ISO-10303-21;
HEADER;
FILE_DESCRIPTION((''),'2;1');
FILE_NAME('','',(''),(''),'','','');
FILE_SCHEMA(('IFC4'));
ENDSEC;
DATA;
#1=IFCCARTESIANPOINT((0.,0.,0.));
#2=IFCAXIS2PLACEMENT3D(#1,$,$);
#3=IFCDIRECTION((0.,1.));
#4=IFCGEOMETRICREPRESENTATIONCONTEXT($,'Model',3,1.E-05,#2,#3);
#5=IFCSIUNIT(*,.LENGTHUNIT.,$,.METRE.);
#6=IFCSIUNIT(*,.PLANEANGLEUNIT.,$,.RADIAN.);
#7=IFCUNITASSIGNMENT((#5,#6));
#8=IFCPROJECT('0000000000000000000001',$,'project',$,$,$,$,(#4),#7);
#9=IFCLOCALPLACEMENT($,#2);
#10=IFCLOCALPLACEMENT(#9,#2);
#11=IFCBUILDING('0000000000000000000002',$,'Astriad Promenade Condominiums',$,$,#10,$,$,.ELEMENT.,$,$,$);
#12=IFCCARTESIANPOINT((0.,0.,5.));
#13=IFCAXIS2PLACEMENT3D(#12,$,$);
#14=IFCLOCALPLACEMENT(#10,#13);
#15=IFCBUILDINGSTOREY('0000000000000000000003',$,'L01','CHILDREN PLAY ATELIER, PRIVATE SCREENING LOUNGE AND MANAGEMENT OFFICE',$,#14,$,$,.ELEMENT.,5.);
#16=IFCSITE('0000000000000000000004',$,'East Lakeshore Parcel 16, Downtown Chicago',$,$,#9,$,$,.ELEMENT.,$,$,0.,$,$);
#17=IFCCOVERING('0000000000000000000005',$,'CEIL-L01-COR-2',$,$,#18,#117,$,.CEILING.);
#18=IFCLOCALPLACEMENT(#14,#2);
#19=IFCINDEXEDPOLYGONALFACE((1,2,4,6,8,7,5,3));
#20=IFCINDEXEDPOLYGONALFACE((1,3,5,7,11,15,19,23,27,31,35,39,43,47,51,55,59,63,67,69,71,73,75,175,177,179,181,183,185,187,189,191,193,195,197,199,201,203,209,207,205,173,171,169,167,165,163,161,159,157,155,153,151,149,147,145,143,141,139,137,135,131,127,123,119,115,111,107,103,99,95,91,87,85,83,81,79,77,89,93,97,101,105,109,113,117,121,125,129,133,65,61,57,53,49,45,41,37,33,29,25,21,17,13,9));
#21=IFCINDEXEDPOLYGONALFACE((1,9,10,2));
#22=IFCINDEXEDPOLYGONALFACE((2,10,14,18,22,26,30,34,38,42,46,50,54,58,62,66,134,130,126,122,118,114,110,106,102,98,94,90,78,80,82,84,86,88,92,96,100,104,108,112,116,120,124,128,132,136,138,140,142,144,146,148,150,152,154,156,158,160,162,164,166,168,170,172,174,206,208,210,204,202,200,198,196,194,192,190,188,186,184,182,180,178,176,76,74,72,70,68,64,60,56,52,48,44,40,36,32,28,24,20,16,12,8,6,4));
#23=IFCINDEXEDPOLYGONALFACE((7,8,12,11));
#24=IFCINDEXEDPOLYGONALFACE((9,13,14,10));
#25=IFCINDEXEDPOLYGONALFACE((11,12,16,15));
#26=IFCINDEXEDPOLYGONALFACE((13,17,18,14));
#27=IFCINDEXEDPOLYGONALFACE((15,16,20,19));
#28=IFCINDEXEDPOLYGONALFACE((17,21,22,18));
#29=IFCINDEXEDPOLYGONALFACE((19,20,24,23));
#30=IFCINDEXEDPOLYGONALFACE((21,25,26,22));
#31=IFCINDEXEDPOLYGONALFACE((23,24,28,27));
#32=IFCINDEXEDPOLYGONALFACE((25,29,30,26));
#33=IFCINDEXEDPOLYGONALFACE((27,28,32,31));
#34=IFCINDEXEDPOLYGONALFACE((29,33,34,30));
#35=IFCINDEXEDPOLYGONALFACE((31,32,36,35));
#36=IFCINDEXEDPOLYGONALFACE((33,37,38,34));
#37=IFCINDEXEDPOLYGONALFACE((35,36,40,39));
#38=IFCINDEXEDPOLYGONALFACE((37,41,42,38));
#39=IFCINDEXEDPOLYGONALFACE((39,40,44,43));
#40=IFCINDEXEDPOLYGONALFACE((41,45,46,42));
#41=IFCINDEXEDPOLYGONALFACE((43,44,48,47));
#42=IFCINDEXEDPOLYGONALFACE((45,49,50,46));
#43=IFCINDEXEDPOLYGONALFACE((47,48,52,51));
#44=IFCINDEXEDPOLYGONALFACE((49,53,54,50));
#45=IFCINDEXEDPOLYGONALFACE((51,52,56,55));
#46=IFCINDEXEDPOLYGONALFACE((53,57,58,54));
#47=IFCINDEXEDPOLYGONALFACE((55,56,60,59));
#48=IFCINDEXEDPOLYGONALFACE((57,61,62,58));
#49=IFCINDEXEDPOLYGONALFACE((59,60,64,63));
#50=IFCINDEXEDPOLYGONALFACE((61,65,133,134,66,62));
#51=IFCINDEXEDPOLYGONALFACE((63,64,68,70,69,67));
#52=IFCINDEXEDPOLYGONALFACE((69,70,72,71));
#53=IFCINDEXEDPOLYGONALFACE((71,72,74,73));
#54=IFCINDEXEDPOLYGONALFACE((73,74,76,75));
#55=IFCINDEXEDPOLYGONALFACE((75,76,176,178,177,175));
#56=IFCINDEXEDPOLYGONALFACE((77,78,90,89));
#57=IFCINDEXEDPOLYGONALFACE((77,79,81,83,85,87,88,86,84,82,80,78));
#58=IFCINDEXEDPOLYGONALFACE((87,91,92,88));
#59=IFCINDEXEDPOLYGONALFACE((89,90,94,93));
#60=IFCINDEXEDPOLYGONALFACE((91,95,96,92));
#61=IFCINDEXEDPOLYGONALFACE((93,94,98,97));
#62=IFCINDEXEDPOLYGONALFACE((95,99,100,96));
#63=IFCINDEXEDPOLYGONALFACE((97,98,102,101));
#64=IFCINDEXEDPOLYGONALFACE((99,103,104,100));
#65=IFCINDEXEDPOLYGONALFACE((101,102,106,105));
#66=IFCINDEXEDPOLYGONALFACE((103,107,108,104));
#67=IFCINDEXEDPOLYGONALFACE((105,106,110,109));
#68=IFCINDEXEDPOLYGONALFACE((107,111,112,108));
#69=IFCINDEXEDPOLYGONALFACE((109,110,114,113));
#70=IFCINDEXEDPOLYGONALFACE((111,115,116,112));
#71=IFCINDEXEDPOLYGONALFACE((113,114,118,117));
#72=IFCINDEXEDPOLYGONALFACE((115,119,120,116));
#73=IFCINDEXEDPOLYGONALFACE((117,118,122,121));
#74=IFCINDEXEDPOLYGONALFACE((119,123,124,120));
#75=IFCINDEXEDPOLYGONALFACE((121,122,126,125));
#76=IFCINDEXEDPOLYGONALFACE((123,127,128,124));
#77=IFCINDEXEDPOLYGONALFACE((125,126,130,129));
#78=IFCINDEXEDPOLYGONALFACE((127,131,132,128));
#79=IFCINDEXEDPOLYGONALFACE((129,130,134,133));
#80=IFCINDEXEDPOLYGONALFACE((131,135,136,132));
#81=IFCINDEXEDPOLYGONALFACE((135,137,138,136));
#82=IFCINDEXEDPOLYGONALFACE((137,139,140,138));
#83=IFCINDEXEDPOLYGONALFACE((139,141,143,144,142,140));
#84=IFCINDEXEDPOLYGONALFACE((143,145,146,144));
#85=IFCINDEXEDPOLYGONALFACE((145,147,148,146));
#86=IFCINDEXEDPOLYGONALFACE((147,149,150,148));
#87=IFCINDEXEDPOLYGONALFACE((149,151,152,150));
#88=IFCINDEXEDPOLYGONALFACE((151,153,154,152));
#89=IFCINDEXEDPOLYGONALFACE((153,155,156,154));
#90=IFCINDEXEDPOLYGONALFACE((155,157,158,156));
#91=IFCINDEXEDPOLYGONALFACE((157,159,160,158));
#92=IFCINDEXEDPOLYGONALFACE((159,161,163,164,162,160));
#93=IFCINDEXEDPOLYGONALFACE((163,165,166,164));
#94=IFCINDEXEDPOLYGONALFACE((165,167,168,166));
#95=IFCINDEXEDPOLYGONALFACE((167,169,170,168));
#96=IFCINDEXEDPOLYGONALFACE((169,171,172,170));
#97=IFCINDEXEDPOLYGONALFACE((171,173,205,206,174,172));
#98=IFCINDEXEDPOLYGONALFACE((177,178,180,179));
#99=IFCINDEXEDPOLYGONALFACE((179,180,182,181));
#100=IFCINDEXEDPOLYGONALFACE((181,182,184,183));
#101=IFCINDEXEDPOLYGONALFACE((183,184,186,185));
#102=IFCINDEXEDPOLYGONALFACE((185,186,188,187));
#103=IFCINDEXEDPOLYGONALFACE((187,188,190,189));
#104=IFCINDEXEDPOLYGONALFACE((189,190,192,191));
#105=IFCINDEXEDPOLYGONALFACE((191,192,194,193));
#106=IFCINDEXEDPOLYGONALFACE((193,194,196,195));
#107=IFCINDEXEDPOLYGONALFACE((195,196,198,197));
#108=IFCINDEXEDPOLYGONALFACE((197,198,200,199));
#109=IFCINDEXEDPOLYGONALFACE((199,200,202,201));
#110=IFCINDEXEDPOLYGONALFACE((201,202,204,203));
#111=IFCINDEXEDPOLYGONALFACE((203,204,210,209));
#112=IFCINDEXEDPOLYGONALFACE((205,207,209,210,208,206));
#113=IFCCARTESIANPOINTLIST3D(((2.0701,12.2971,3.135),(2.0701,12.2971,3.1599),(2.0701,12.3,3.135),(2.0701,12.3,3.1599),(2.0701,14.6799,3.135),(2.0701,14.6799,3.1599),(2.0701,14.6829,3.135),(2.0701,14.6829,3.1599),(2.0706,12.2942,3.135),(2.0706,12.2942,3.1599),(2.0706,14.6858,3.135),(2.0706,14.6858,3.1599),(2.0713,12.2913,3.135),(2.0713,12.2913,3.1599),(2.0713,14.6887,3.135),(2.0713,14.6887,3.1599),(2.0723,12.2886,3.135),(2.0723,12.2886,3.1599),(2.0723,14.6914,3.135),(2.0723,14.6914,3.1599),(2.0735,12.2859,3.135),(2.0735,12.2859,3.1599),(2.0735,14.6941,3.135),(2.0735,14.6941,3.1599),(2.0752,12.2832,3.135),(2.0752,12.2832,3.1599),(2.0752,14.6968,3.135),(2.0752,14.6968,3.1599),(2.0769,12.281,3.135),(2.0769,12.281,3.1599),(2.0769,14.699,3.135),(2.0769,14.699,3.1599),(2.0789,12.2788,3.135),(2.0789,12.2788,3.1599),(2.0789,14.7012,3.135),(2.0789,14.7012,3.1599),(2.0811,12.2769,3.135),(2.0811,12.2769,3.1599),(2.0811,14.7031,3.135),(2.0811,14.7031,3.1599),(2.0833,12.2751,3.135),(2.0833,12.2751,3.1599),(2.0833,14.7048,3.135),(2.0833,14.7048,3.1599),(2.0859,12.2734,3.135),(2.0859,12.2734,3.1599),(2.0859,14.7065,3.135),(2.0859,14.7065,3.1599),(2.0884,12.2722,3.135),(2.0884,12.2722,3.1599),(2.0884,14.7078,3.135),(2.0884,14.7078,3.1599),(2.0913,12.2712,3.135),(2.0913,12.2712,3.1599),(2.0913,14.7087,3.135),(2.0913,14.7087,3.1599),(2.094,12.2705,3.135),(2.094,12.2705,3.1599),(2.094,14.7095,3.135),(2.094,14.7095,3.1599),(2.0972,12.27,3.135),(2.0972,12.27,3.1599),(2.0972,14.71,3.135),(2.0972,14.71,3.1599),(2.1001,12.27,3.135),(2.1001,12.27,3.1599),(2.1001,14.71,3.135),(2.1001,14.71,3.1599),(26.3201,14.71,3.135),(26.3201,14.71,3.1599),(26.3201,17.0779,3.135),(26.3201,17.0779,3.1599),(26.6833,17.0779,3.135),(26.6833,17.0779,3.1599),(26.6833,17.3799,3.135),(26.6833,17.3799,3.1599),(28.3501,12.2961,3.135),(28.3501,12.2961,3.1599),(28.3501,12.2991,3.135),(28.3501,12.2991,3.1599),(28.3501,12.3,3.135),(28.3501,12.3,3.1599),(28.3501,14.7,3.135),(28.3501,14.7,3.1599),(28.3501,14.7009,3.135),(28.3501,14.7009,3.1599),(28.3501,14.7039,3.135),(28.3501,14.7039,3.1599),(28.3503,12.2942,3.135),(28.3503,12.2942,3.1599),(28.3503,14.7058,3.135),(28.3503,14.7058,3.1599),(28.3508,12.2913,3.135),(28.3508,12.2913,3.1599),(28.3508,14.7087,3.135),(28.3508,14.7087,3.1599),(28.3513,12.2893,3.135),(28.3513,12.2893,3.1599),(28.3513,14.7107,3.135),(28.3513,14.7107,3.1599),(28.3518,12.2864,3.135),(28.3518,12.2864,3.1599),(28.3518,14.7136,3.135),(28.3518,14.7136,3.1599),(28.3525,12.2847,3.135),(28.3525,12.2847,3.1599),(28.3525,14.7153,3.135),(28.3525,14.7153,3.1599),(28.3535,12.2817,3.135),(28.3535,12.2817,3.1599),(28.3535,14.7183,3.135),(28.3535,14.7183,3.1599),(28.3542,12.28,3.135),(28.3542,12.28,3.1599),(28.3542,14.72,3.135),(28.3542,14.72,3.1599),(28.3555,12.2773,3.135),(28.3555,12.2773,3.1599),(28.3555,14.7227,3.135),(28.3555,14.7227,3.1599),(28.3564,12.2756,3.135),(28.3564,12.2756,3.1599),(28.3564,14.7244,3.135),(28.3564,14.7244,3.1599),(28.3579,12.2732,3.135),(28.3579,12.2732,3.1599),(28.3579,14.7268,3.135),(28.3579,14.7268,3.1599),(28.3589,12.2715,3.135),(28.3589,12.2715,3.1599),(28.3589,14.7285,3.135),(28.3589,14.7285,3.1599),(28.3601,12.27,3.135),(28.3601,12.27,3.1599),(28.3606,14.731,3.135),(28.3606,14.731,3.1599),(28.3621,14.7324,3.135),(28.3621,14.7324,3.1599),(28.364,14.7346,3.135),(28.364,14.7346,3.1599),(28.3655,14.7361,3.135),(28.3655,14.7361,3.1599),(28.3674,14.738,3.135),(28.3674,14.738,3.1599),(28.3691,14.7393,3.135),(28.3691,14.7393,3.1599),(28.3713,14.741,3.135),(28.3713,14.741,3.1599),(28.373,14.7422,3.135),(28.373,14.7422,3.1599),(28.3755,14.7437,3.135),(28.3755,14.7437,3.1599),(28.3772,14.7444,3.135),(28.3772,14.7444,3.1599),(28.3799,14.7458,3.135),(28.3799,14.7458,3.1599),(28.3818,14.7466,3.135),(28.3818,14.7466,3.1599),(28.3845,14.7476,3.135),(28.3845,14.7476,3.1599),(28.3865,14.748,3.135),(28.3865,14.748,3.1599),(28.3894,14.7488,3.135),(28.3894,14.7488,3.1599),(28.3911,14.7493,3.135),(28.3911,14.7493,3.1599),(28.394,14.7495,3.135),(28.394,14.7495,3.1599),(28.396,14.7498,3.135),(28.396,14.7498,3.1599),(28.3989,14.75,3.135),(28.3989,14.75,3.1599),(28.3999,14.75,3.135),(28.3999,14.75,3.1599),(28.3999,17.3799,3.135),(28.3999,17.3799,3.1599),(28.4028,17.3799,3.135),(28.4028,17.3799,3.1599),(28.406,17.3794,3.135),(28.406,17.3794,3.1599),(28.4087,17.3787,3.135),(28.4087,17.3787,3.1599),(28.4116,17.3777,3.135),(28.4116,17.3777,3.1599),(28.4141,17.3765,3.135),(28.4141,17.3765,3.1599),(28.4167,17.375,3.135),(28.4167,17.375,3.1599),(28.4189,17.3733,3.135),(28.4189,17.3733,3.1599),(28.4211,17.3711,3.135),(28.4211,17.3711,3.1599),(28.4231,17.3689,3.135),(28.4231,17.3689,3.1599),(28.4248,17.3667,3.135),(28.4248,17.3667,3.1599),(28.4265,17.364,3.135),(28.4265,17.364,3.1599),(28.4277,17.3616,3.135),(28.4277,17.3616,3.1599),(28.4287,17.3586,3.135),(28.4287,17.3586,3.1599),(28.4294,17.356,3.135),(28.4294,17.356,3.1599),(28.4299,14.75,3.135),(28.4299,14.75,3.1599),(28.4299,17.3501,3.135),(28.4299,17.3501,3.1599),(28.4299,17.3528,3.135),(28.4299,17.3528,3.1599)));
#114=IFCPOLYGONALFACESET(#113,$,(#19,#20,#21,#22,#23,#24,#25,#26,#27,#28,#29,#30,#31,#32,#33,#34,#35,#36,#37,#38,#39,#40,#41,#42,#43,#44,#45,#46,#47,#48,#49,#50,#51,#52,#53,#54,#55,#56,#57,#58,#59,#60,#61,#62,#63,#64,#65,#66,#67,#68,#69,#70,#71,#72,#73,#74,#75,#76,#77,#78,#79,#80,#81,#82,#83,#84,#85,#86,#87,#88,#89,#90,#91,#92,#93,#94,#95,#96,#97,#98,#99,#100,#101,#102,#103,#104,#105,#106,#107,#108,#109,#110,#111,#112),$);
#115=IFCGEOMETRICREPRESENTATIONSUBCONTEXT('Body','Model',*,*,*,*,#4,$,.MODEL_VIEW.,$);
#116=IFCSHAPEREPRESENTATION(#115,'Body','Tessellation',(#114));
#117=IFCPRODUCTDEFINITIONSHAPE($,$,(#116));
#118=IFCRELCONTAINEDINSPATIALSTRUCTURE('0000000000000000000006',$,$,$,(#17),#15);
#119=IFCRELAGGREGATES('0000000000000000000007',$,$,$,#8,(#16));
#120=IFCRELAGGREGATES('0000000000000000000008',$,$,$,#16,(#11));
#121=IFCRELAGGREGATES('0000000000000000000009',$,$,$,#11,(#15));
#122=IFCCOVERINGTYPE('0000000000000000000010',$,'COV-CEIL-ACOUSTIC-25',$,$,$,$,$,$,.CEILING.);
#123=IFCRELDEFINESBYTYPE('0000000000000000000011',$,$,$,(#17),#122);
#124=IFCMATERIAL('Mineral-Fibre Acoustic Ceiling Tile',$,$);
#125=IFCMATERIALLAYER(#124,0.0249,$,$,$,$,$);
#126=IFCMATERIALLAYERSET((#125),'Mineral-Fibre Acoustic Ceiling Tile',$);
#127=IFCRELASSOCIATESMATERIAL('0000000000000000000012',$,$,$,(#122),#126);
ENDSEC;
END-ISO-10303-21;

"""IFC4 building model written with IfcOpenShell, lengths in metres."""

from ifc_helpers import new_model, si_unit, direction, frame, origin, place, context, subcontext, project, spatial, polyline, outline, extrude, material, layer, layer_set, type_object, element, save


model = new_model("IFC4")

# Units and contexts
model_context = context("Model", 3, precision=1e-05, world=origin(), true_north=direction((0.0, 1.0)))
body_context = subcontext(model_context, "Body", "Model", "MODEL_VIEW")
ifc_project = project(units=[si_unit("LENGTHUNIT", "METRE"), si_unit("PLANEANGLEUNIT", "RADIAN")], contexts=[model_context])

# Site, building, storey
site_placement = place(None, origin())
site = spatial("IfcSite", under=ifc_project, at=site_placement, Name="East Lakeshore Parcel 16, Downtown Chicago", CompositionType="ELEMENT", RefElevation=0.0)
building_placement = place(site_placement, origin())
building = spatial("IfcBuilding", under=site, at=building_placement, Name="Astriad Promenade Condominiums", CompositionType="ELEMENT")
storey_placement = place(building_placement, frame((0.0, 0.0, 5.0)))
storey = spatial("IfcBuildingStorey", under=building, at=storey_placement, Name="L01", Description="CHILDREN PLAY ATELIER, PRIVATE SCREENING LOUNGE AND MANAGEMENT OFFICE", CompositionType="ELEMENT", Elevation=5.0)

# Covering
ifc_material_1 = material(Name="Mineral-Fibre Acoustic Ceiling Tile")
ifc_layer_1 = layer(ifc_material_1, 0.0249)
ifc_layer_set_1 = layer_set([ifc_layer_1], Name="Mineral-Fibre Acoustic Ceiling Tile")
covering_type_1 = type_object("IfcCoveringType", Name="COV-CEIL-ACOUSTIC-25", PredefinedType="CEILING", material=ifc_layer_set_1)
covering_1_placement = place(storey_placement, frame((0.0, 0.0, 3.135)))
element("IfcCovering", 1, at=covering_1_placement, inside=storey, type_object=covering_type_1, Name="CEIL-L01-COR-2", PredefinedType="CEILING", context=body_context, shape_type="SweptSolid", body=[
    extrude(outline(polyline([(2.094, 12.2705), (2.0913, 12.2712), (2.0884, 12.2722), (2.0859, 12.2734), (2.0833, 12.2751), (2.0811, 12.2769), (2.0789, 12.2788), (2.0769, 12.281), (2.0752, 12.2832), (2.0735, 12.2859), (2.0723, 12.2886), (2.0713, 12.2913), (2.0706, 12.2942), (2.0701, 12.2971), (2.0701, 12.3), (2.0701, 14.6799), (2.0701, 14.6829), (2.0706, 14.6858), (2.0713, 14.6887), (2.0723, 14.6914), (2.0735, 14.6941), (2.0752, 14.6968), (2.0769, 14.699), (2.0789, 14.7012), (2.0811, 14.7031), (2.0833, 14.7048), (2.0859, 14.7065), (2.0884, 14.7078), (2.0913, 14.7087), (2.094, 14.7095), (2.0972, 14.71), (2.1001, 14.71), (26.3201, 14.71), (26.3201, 17.0779), (26.6833, 17.0779), (26.6833, 17.3799), (28.3999, 17.3799), (28.4028, 17.3799), (28.406, 17.3794), (28.4087, 17.3787), (28.4116, 17.3777), (28.4141, 17.3765), (28.4167, 17.375), (28.4189, 17.3733), (28.4211, 17.3711), (28.4231, 17.3689), (28.4248, 17.3667), (28.4265, 17.364), (28.4277, 17.3616), (28.4287, 17.3586), (28.4294, 17.356), (28.4299, 17.3528), (28.4299, 17.3501), (28.4299, 14.75), (28.3999, 14.75), (28.3989, 14.75), (28.396, 14.7498), (28.394, 14.7495), (28.3911, 14.7493), (28.3894, 14.7488), (28.3865, 14.748), (28.3845, 14.7476), (28.3818, 14.7466), (28.3799, 14.7458), (28.3772, 14.7444), (28.3755, 14.7437), (28.373, 14.7422), (28.3713, 14.741), (28.3691, 14.7393), (28.3674, 14.738), (28.3655, 14.7361), (28.364, 14.7346), (28.3621, 14.7324), (28.3606, 14.731), (28.3589, 14.7285), (28.3579, 14.7268), (28.3564, 14.7244), (28.3555, 14.7227), (28.3542, 14.72), (28.3535, 14.7183), (28.3525, 14.7153), (28.3518, 14.7136), (28.3513, 14.7107), (28.3508, 14.7087), (28.3503, 14.7058), (28.3501, 14.7039), (28.3501, 14.7009), (28.3501, 14.7), (28.3501, 12.3), (28.3501, 12.2991), (28.3501, 12.2961), (28.3503, 12.2942), (28.3508, 12.2913), (28.3513, 12.2893), (28.3518, 12.2864), (28.3525, 12.2847), (28.3535, 12.2817), (28.3542, 12.28), (28.3555, 12.2773), (28.3564, 12.2756), (28.3579, 12.2732), (28.3589, 12.2715), (28.3601, 12.27), (2.1001, 12.27), (2.0972, 12.27), (2.094, 12.2705)])), origin(), (0.0, 0.0, 1.0), 0.0249),
])

save(model, "model.ifc")
